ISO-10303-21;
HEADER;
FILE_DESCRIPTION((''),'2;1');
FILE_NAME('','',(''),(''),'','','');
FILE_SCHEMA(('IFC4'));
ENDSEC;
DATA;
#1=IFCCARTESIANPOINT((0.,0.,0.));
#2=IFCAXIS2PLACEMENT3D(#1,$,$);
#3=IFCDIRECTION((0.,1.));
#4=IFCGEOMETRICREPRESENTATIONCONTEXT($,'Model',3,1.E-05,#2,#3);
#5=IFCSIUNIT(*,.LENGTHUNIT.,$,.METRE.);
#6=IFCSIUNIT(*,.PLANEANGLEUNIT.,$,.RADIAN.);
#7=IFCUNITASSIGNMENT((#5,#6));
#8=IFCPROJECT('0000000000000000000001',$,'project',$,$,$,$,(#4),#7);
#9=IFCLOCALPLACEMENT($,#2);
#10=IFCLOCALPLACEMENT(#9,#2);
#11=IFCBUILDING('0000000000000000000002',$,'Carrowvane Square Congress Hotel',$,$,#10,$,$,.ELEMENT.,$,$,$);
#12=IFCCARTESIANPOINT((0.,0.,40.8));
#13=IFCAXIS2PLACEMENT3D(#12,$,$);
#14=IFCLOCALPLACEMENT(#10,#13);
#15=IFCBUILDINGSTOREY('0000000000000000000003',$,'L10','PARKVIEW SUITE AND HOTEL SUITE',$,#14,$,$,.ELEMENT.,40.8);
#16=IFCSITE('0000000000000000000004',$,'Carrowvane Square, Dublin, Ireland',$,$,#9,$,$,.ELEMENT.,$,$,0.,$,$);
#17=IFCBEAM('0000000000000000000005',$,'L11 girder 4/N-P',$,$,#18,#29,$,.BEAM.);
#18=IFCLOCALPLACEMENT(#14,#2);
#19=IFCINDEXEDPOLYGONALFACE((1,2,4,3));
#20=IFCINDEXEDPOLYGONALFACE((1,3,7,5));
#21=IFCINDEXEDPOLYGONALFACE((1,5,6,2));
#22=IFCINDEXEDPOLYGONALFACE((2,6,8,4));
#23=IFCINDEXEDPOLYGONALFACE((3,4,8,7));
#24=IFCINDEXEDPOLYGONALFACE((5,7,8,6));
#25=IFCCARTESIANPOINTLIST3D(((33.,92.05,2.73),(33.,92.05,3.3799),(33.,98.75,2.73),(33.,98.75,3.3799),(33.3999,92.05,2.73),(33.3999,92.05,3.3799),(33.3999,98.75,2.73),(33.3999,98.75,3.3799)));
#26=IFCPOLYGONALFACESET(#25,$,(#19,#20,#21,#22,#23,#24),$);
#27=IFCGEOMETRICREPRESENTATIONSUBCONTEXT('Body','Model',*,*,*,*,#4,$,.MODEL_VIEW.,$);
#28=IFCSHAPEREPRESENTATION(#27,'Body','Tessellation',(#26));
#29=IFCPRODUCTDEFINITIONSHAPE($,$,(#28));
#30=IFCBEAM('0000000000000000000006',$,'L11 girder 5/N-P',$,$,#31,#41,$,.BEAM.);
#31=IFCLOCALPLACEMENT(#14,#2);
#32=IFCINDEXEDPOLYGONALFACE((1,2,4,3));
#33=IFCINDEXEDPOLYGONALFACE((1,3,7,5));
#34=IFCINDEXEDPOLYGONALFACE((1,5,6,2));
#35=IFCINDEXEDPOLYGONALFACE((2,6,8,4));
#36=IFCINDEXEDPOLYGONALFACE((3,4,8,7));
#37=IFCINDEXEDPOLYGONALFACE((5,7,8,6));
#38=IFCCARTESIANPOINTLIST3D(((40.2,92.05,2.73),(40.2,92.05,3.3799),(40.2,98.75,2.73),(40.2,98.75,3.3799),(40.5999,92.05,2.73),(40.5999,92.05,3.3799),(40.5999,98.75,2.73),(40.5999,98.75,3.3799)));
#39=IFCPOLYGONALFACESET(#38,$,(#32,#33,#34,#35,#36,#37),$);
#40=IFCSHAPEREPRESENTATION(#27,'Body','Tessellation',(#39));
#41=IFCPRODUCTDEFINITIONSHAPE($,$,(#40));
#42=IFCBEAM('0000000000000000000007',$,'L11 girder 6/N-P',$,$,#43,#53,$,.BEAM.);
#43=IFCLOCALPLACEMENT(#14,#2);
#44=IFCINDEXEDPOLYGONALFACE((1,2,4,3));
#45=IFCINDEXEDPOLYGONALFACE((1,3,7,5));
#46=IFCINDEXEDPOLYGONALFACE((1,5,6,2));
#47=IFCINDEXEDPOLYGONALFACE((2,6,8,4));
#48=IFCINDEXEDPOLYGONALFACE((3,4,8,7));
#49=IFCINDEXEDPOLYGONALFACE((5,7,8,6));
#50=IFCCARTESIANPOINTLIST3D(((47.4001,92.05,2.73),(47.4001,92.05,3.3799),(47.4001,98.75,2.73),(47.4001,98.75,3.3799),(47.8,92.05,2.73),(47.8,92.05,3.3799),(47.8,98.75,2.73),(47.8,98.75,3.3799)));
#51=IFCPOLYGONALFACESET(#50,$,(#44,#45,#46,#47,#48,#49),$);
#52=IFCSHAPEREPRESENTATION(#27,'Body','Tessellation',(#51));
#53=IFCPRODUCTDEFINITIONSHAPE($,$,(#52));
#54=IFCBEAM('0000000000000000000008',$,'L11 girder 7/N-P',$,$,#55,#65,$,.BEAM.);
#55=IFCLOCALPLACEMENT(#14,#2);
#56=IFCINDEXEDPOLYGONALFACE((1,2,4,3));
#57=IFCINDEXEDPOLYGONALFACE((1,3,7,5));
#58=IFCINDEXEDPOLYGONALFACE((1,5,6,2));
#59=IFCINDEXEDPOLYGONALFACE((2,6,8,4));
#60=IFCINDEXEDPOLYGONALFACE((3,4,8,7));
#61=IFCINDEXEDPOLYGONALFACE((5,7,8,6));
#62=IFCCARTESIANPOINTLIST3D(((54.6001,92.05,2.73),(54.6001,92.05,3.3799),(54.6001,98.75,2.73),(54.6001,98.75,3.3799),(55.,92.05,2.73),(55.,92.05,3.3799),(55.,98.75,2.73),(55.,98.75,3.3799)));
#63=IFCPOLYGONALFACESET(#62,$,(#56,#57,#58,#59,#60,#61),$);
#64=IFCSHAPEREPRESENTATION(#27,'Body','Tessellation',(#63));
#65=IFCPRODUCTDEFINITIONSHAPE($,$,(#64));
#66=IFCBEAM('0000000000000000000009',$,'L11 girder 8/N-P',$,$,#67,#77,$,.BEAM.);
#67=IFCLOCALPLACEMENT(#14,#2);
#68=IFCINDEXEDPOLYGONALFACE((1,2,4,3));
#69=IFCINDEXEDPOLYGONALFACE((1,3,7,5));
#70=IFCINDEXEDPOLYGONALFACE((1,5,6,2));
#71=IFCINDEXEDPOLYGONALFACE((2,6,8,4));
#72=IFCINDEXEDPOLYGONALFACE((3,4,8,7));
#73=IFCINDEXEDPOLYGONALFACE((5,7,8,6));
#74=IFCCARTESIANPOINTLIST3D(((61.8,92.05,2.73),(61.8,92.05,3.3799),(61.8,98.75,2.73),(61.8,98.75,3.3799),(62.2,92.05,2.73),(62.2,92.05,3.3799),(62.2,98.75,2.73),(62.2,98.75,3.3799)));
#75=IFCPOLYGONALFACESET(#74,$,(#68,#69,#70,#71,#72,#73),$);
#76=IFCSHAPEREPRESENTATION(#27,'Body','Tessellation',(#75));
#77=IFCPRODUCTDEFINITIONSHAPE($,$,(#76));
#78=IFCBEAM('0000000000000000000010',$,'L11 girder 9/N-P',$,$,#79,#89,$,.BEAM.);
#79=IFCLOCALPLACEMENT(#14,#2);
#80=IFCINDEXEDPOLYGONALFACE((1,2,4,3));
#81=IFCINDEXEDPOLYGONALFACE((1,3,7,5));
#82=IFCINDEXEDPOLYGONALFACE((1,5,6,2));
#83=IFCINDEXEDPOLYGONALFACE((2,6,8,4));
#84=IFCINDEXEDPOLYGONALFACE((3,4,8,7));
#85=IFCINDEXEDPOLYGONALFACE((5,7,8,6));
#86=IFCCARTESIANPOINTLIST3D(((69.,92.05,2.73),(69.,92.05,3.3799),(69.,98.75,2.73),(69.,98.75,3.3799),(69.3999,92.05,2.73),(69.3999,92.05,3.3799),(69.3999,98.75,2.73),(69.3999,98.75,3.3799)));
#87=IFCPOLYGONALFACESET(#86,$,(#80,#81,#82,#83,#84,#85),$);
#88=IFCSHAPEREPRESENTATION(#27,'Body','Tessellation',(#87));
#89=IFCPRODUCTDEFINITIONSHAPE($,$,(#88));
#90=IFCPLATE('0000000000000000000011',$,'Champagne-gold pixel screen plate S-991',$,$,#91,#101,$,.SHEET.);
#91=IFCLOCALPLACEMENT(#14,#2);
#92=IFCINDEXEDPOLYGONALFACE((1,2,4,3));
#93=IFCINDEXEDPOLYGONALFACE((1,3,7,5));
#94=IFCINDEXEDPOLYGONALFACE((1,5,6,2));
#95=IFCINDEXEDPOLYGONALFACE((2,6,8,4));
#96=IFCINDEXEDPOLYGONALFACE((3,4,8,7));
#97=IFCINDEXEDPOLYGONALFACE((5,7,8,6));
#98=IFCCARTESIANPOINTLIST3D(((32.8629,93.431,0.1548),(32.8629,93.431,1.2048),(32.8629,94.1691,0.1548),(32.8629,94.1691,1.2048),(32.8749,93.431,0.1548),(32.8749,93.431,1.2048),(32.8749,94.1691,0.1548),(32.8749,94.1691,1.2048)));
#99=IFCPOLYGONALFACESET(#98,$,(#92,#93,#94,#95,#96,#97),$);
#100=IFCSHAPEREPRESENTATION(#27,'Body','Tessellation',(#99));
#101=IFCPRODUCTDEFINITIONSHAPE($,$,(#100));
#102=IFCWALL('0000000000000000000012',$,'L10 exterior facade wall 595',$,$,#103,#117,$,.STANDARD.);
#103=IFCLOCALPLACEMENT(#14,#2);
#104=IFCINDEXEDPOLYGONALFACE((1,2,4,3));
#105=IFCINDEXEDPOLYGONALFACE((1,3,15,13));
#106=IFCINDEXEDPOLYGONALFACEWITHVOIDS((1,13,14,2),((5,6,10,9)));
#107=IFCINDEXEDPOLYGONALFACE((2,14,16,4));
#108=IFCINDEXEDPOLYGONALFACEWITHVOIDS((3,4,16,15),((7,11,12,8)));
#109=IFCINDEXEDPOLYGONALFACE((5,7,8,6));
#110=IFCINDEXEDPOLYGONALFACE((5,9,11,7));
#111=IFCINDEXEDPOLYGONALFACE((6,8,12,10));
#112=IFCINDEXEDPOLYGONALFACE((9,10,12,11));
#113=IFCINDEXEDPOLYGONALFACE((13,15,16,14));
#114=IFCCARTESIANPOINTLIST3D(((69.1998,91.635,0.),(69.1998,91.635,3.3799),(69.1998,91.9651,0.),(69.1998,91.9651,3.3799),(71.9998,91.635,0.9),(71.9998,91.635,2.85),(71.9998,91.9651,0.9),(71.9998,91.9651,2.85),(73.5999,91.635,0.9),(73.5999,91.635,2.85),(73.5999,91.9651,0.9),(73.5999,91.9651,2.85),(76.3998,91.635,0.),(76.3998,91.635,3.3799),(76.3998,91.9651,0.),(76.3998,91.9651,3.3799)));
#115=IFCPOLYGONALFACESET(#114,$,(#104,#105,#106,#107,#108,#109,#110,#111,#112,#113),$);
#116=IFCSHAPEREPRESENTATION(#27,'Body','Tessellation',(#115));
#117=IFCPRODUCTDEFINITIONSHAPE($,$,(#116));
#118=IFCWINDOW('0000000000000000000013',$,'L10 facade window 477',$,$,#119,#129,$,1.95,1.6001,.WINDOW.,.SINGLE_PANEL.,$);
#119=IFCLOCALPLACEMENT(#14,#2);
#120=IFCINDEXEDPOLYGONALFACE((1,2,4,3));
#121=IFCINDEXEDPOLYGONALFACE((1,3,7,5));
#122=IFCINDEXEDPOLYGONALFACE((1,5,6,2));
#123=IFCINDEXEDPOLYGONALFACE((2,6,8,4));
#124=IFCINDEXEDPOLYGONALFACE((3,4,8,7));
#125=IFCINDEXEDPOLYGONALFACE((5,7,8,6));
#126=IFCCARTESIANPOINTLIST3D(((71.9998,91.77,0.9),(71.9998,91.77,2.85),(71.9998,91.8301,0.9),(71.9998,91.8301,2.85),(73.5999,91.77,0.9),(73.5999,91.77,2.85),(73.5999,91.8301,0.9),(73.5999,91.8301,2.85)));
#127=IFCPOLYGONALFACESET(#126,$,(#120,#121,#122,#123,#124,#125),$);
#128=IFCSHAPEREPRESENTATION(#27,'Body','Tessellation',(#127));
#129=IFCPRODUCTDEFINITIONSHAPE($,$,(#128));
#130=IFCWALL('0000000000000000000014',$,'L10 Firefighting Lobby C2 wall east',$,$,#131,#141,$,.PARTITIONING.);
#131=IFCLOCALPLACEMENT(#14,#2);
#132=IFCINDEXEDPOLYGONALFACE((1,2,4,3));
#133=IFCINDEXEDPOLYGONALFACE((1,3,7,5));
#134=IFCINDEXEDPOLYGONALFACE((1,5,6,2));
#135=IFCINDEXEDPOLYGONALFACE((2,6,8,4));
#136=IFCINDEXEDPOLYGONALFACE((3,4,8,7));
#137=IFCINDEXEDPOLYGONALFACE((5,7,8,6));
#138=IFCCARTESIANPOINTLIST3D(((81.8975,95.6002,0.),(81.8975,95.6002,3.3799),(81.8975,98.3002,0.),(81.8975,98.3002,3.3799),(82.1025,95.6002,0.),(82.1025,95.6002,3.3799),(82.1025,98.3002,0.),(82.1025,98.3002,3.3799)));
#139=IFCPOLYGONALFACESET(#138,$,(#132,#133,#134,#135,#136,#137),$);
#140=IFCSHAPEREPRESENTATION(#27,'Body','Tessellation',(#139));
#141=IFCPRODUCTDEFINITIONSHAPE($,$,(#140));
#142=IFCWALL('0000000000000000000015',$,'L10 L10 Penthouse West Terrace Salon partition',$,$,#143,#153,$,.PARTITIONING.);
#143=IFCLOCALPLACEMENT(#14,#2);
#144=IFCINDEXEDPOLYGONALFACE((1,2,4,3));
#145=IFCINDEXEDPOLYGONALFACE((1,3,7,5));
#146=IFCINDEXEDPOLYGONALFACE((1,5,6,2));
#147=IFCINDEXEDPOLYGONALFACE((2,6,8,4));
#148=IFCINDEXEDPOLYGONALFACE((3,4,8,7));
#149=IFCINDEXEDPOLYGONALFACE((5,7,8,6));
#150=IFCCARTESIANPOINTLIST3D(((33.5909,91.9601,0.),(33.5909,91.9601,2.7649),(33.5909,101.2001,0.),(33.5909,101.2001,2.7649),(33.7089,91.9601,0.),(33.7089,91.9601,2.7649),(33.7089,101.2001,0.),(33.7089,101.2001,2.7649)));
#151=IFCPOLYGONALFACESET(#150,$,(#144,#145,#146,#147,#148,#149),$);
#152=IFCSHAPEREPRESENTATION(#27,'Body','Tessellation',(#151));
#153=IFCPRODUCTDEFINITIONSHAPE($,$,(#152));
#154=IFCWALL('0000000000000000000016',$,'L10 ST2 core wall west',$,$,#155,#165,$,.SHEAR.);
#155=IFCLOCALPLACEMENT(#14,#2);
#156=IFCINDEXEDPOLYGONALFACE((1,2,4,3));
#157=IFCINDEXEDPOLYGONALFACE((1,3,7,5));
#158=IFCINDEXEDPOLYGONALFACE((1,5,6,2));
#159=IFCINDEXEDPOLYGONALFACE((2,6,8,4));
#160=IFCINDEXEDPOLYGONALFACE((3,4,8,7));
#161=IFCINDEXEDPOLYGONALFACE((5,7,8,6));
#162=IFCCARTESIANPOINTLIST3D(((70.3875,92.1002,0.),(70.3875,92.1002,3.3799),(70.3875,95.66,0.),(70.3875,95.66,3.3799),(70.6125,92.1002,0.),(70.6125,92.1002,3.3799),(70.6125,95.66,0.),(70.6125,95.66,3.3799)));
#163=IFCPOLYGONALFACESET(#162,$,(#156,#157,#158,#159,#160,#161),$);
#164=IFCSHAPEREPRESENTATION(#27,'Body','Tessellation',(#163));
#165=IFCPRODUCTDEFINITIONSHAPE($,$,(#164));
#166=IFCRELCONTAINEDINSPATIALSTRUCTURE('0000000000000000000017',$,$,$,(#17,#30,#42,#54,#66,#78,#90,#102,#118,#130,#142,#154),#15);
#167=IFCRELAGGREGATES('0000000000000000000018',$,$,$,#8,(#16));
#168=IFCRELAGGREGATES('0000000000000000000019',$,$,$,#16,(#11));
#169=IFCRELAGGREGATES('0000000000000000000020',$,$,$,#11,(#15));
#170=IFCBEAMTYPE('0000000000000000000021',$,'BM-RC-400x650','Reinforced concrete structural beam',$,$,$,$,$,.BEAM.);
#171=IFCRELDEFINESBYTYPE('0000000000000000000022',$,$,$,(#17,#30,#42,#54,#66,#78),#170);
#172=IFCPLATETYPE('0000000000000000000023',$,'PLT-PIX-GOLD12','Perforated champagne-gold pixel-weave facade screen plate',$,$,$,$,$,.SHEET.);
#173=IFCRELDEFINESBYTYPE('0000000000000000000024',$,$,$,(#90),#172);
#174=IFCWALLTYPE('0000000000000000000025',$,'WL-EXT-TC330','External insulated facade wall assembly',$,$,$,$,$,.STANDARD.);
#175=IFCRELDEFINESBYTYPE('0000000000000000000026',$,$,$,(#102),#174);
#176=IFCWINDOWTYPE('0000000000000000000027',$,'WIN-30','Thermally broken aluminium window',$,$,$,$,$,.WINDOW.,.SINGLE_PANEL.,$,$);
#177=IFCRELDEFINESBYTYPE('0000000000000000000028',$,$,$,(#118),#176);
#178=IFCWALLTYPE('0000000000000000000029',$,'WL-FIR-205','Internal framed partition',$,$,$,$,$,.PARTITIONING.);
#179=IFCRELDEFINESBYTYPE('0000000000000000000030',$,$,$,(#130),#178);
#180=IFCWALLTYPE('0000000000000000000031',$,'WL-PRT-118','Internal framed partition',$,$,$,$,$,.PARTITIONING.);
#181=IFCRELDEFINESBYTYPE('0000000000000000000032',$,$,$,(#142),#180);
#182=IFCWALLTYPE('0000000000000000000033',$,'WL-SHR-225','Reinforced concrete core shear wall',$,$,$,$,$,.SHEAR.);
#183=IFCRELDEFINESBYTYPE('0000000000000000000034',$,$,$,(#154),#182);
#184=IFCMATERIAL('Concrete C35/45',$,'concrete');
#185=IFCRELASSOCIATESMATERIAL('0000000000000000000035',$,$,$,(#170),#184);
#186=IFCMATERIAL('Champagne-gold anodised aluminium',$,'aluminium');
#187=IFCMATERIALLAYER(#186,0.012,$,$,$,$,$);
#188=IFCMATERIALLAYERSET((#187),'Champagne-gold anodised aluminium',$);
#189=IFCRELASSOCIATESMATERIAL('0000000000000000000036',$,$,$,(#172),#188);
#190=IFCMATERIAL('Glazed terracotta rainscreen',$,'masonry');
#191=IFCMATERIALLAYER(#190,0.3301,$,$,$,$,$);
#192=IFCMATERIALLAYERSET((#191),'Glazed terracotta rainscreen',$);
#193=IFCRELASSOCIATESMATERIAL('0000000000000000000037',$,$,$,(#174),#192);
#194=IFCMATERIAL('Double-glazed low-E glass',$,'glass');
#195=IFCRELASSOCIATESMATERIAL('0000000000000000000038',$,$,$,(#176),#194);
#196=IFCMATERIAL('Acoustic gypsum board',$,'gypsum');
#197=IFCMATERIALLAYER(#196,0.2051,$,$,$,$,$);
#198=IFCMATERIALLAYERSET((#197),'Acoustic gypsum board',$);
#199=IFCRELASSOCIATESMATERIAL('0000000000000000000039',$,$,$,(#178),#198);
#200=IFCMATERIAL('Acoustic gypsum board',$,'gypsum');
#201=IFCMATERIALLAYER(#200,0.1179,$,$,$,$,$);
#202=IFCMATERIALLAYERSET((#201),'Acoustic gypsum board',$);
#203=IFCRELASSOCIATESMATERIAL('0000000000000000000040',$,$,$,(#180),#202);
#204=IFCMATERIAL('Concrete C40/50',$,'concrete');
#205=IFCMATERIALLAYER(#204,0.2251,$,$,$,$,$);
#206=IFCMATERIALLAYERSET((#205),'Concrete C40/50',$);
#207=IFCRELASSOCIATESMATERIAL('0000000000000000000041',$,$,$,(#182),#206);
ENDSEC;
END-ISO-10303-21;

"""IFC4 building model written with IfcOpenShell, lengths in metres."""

from ifc_helpers import new_model, si_unit, direction, frame, frame_2d, origin, origin_2d, place, context, subcontext, project, spatial, rectangle, extrude, material, layer, layer_set, material_profile, profile_set, type_object, element, fill, save


model = new_model("IFC4")

# Units and contexts
model_context = context("Model", 3, precision=1e-05, world=origin(), true_north=direction((0.0, 1.0)))
body_context = subcontext(model_context, "Body", "Model", "MODEL_VIEW")
ifc_project = project(units=[si_unit("LENGTHUNIT", "METRE"), si_unit("PLANEANGLEUNIT", "RADIAN")], contexts=[model_context])

# Site, building, storey
site_placement = place(None, origin())
site = spatial("IfcSite", under=ifc_project, at=site_placement, Name="Carrowvane Square, Dublin, Ireland", CompositionType="ELEMENT", RefElevation=0.0)
building_placement = place(site_placement, origin())
building = spatial("IfcBuilding", under=site, at=building_placement, Name="Carrowvane Square Congress Hotel", CompositionType="ELEMENT")
storey_placement = place(building_placement, frame((0.0, 0.0, 40.8)))
storey = spatial("IfcBuildingStorey", under=building, at=storey_placement, Name="L10", Description="PARKVIEW SUITE AND HOTEL SUITE", CompositionType="ELEMENT", Elevation=40.8)

# Beams
ifc_material_1 = material(Name="Concrete C35/45", Category="concrete")
ifc_material_profile = material_profile(ifc_material_1, rectangle(XDim=0.3999, YDim=0.6499, at=origin_2d()), Name="RC 400x650")
ifc_profile_set = profile_set([ifc_material_profile], Name="Concrete C35/45")
beam_type = type_object("IfcBeamType", Name="BM-RC-400x650", Description="Reinforced concrete structural beam", PredefinedType="BEAM", material=ifc_profile_set)
for number, where, z_axis, x_axis, name in (
    (1, (33.2, 92.05, 3.0549), (0.0, 1.0, 0.0), (-1.0, 0.0, 0.0), "L11 girder 4/N-P"),
    (2, (40.3999, 92.05, 3.0549), (0.0, 1.0, 0.0), (-1.0, 0.0, 0.0), "L11 girder 5/N-P"),
    (3, (47.6001, 92.05, 3.0549), (0.0, 1.0, 0.0), (-1.0, 0.0, 0.0), "L11 girder 6/N-P"),
    (4, (54.8, 92.05, 3.0549), (0.0, 1.0, 0.0), (-1.0, 0.0, 0.0), "L11 girder 7/N-P"),
    (5, (62.0, 92.05, 3.0549), (0.0, 1.0, 0.0), (-1.0, 0.0, 0.0), "L11 girder 8/N-P"),
    (6, (69.2, 92.05, 3.0549), (0.0, 1.0, 0.0), (-1.0, 0.0, 0.0), "L11 girder 9/N-P"),
):
    element("IfcBeam", number, at=place(storey_placement, frame(where, z_axis=z_axis, x_axis=x_axis)), inside=storey, type_object=beam_type, Name=name, PredefinedType="BEAM", context=body_context, shape_type="SweptSolid", body=[
        extrude(rectangle(XDim=0.3999, YDim=0.6499, at=origin_2d()), origin(), (0.0, 0.0, 1.0), 6.7),
    ])

# Plate
ifc_material_2 = material(Name="Champagne-gold anodised aluminium", Category="aluminium")
ifc_layer_1 = layer(ifc_material_2, 0.012)
ifc_layer_set_1 = layer_set([ifc_layer_1], Name="Champagne-gold anodised aluminium")
plate_type = type_object("IfcPlateType", Name="PLT-PIX-GOLD12", Description="Perforated champagne-gold pixel-weave facade screen plate", PredefinedType="SHEET", material=ifc_layer_set_1)
plate_placement = place(storey_placement, frame((32.8689, 93.8, 0.1548), z_axis=(0.0, 0.0, 1.0), x_axis=(0.0, 1.0, 0.0)))
element("IfcPlate", 7, at=plate_placement, inside=storey, type_object=plate_type, Name="Champagne-gold pixel screen plate S-991", PredefinedType="SHEET", context=body_context, shape_type="SweptSolid", body=[
    extrude(rectangle(XDim=0.738, YDim=0.012, at=origin_2d()), origin(), (0.0, 0.0, 1.0), 1.05),
])

# Wall, opening, window
ifc_material_3 = material(Name="Glazed terracotta rainscreen", Category="masonry")
ifc_layer_2 = layer(ifc_material_3, 0.3301)
ifc_layer_set_2 = layer_set([ifc_layer_2], Name="Glazed terracotta rainscreen")
wall_type_1 = type_object("IfcWallType", Name="WL-EXT-TC330", Description="External insulated facade wall assembly", PredefinedType="STANDARD", material=ifc_layer_set_2)
wall_1_placement = place(storey_placement, frame((76.3999, 91.8, 0.0), z_axis=(0.0, 0.0, 1.0), x_axis=(-1.0, 0.0, 0.0)))
wall_1 = element("IfcWall", 8, at=wall_1_placement, inside=storey, type_object=wall_type_1, Name="L10 exterior facade wall 595", PredefinedType="STANDARD", context=body_context, shape_type="SweptSolid", body=[
    extrude(rectangle(XDim=7.2, YDim=0.3301, at=frame_2d((3.6001, 0.0))), origin(), (0.0, 0.0, 1.0), 3.3799),
])
opening_1_placement = place(wall_1_placement, frame((2.8, 0.0, 0.8999)))
opening_1 = element("IfcOpeningElement", 9, at=opening_1_placement, cuts=wall_1, PredefinedType="OPENING", context=body_context, shape_type="SweptSolid", body=[
    extrude(rectangle(XDim=1.6001, YDim=1.95, at=frame_2d((0.8, 0.9751))), frame((0.0, 0.175, 0.0), z_axis=(0.0, -1.0, 0.0), x_axis=(1.0, 0.0, 0.0)), (0.0, 0.0, 1.0), 0.3501),
])
ifc_material_4 = material(Name="Double-glazed low-E glass", Category="glass")
window_type = type_object("IfcWindowType", Name="WIN-30", Description="Thermally broken aluminium window", PartitioningType="SINGLE_PANEL", PredefinedType="WINDOW", material=ifc_material_4)
window_placement = place(opening_1_placement, origin())
window = element("IfcWindow", 10, at=window_placement, inside=storey, type_object=window_type, Name="L10 facade window 477", OverallHeight=1.95, OverallWidth=1.6001, PartitioningType="SINGLE_PANEL", PredefinedType="WINDOW", context=body_context, shape_type="SweptSolid", body=[
    extrude(rectangle(XDim=1.6001, YDim=1.95, at=frame_2d((0.8, 0.9751))), frame((0.0, 0.03, 0.0), z_axis=(0.0, -1.0, 0.0), x_axis=(1.0, 0.0, 0.0)), (0.0, 0.0, 1.0), 0.0601),
])
fill(opening_1, window)

# Walls
ifc_material_5 = material(Name="Acoustic gypsum board", Category="gypsum")
ifc_layer_3 = layer(ifc_material_5, 0.2051)
ifc_layer_set_3 = layer_set([ifc_layer_3], Name="Acoustic gypsum board")
wall_type_2 = type_object("IfcWallType", Name="WL-FIR-205", Description="Internal framed partition", PredefinedType="PARTITIONING", material=ifc_layer_set_3)
wall_2_placement = place(storey_placement, frame((82.0, 95.6001, 0.0), z_axis=(0.0, 0.0, 1.0), x_axis=(0.0, 1.0, 0.0)))
element("IfcWall", 11, at=wall_2_placement, inside=storey, type_object=wall_type_2, Name="L10 Firefighting Lobby C2 wall east", PredefinedType="PARTITIONING", context=body_context, shape_type="SweptSolid", body=[
    extrude(rectangle(XDim=2.7, YDim=0.2051, at=frame_2d((1.3501, 0.0))), origin(), (0.0, 0.0, 1.0), 3.3799),
])
ifc_material_6 = material(Name="Acoustic gypsum board", Category="gypsum")
ifc_layer_4 = layer(ifc_material_6, 0.1179)
ifc_layer_set_4 = layer_set([ifc_layer_4], Name="Acoustic gypsum board")
wall_type_3 = type_object("IfcWallType", Name="WL-PRT-118", Description="Internal framed partition", PredefinedType="PARTITIONING", material=ifc_layer_set_4)
wall_3_placement = place(storey_placement, frame((33.6499, 91.96, 0.0), z_axis=(0.0, 0.0, 1.0), x_axis=(0.0, 1.0, 0.0)))
element("IfcWall", 12, at=wall_3_placement, inside=storey, type_object=wall_type_3, Name="L10 L10 Penthouse West Terrace Salon partition", PredefinedType="PARTITIONING", context=body_context, shape_type="SweptSolid", body=[
    extrude(rectangle(XDim=9.24, YDim=0.1179, at=frame_2d((4.6201, 0.0))), origin(), (0.0, 0.0, 1.0), 2.7649),
])
ifc_material_7 = material(Name="Concrete C40/50", Category="concrete")
ifc_layer_5 = layer(ifc_material_7, 0.2251)
ifc_layer_set_5 = layer_set([ifc_layer_5], Name="Concrete C40/50")
wall_type_4 = type_object("IfcWallType", Name="WL-SHR-225", Description="Reinforced concrete core shear wall", PredefinedType="SHEAR", material=ifc_layer_set_5)
wall_4_placement = place(storey_placement, frame((70.5, 95.6599, 0.0), z_axis=(0.0, 0.0, 1.0), x_axis=(0.0, -1.0, 0.0)))
element("IfcWall", 13, at=wall_4_placement, inside=storey, type_object=wall_type_4, Name="L10 ST2 core wall west", PredefinedType="SHEAR", context=body_context, shape_type="SweptSolid", body=[
    extrude(rectangle(XDim=3.5598, YDim=0.2251, at=frame_2d((1.7798, 0.0))), origin(), (0.0, 0.0, 1.0), 3.3799),
])

save(model, "model.ifc")
